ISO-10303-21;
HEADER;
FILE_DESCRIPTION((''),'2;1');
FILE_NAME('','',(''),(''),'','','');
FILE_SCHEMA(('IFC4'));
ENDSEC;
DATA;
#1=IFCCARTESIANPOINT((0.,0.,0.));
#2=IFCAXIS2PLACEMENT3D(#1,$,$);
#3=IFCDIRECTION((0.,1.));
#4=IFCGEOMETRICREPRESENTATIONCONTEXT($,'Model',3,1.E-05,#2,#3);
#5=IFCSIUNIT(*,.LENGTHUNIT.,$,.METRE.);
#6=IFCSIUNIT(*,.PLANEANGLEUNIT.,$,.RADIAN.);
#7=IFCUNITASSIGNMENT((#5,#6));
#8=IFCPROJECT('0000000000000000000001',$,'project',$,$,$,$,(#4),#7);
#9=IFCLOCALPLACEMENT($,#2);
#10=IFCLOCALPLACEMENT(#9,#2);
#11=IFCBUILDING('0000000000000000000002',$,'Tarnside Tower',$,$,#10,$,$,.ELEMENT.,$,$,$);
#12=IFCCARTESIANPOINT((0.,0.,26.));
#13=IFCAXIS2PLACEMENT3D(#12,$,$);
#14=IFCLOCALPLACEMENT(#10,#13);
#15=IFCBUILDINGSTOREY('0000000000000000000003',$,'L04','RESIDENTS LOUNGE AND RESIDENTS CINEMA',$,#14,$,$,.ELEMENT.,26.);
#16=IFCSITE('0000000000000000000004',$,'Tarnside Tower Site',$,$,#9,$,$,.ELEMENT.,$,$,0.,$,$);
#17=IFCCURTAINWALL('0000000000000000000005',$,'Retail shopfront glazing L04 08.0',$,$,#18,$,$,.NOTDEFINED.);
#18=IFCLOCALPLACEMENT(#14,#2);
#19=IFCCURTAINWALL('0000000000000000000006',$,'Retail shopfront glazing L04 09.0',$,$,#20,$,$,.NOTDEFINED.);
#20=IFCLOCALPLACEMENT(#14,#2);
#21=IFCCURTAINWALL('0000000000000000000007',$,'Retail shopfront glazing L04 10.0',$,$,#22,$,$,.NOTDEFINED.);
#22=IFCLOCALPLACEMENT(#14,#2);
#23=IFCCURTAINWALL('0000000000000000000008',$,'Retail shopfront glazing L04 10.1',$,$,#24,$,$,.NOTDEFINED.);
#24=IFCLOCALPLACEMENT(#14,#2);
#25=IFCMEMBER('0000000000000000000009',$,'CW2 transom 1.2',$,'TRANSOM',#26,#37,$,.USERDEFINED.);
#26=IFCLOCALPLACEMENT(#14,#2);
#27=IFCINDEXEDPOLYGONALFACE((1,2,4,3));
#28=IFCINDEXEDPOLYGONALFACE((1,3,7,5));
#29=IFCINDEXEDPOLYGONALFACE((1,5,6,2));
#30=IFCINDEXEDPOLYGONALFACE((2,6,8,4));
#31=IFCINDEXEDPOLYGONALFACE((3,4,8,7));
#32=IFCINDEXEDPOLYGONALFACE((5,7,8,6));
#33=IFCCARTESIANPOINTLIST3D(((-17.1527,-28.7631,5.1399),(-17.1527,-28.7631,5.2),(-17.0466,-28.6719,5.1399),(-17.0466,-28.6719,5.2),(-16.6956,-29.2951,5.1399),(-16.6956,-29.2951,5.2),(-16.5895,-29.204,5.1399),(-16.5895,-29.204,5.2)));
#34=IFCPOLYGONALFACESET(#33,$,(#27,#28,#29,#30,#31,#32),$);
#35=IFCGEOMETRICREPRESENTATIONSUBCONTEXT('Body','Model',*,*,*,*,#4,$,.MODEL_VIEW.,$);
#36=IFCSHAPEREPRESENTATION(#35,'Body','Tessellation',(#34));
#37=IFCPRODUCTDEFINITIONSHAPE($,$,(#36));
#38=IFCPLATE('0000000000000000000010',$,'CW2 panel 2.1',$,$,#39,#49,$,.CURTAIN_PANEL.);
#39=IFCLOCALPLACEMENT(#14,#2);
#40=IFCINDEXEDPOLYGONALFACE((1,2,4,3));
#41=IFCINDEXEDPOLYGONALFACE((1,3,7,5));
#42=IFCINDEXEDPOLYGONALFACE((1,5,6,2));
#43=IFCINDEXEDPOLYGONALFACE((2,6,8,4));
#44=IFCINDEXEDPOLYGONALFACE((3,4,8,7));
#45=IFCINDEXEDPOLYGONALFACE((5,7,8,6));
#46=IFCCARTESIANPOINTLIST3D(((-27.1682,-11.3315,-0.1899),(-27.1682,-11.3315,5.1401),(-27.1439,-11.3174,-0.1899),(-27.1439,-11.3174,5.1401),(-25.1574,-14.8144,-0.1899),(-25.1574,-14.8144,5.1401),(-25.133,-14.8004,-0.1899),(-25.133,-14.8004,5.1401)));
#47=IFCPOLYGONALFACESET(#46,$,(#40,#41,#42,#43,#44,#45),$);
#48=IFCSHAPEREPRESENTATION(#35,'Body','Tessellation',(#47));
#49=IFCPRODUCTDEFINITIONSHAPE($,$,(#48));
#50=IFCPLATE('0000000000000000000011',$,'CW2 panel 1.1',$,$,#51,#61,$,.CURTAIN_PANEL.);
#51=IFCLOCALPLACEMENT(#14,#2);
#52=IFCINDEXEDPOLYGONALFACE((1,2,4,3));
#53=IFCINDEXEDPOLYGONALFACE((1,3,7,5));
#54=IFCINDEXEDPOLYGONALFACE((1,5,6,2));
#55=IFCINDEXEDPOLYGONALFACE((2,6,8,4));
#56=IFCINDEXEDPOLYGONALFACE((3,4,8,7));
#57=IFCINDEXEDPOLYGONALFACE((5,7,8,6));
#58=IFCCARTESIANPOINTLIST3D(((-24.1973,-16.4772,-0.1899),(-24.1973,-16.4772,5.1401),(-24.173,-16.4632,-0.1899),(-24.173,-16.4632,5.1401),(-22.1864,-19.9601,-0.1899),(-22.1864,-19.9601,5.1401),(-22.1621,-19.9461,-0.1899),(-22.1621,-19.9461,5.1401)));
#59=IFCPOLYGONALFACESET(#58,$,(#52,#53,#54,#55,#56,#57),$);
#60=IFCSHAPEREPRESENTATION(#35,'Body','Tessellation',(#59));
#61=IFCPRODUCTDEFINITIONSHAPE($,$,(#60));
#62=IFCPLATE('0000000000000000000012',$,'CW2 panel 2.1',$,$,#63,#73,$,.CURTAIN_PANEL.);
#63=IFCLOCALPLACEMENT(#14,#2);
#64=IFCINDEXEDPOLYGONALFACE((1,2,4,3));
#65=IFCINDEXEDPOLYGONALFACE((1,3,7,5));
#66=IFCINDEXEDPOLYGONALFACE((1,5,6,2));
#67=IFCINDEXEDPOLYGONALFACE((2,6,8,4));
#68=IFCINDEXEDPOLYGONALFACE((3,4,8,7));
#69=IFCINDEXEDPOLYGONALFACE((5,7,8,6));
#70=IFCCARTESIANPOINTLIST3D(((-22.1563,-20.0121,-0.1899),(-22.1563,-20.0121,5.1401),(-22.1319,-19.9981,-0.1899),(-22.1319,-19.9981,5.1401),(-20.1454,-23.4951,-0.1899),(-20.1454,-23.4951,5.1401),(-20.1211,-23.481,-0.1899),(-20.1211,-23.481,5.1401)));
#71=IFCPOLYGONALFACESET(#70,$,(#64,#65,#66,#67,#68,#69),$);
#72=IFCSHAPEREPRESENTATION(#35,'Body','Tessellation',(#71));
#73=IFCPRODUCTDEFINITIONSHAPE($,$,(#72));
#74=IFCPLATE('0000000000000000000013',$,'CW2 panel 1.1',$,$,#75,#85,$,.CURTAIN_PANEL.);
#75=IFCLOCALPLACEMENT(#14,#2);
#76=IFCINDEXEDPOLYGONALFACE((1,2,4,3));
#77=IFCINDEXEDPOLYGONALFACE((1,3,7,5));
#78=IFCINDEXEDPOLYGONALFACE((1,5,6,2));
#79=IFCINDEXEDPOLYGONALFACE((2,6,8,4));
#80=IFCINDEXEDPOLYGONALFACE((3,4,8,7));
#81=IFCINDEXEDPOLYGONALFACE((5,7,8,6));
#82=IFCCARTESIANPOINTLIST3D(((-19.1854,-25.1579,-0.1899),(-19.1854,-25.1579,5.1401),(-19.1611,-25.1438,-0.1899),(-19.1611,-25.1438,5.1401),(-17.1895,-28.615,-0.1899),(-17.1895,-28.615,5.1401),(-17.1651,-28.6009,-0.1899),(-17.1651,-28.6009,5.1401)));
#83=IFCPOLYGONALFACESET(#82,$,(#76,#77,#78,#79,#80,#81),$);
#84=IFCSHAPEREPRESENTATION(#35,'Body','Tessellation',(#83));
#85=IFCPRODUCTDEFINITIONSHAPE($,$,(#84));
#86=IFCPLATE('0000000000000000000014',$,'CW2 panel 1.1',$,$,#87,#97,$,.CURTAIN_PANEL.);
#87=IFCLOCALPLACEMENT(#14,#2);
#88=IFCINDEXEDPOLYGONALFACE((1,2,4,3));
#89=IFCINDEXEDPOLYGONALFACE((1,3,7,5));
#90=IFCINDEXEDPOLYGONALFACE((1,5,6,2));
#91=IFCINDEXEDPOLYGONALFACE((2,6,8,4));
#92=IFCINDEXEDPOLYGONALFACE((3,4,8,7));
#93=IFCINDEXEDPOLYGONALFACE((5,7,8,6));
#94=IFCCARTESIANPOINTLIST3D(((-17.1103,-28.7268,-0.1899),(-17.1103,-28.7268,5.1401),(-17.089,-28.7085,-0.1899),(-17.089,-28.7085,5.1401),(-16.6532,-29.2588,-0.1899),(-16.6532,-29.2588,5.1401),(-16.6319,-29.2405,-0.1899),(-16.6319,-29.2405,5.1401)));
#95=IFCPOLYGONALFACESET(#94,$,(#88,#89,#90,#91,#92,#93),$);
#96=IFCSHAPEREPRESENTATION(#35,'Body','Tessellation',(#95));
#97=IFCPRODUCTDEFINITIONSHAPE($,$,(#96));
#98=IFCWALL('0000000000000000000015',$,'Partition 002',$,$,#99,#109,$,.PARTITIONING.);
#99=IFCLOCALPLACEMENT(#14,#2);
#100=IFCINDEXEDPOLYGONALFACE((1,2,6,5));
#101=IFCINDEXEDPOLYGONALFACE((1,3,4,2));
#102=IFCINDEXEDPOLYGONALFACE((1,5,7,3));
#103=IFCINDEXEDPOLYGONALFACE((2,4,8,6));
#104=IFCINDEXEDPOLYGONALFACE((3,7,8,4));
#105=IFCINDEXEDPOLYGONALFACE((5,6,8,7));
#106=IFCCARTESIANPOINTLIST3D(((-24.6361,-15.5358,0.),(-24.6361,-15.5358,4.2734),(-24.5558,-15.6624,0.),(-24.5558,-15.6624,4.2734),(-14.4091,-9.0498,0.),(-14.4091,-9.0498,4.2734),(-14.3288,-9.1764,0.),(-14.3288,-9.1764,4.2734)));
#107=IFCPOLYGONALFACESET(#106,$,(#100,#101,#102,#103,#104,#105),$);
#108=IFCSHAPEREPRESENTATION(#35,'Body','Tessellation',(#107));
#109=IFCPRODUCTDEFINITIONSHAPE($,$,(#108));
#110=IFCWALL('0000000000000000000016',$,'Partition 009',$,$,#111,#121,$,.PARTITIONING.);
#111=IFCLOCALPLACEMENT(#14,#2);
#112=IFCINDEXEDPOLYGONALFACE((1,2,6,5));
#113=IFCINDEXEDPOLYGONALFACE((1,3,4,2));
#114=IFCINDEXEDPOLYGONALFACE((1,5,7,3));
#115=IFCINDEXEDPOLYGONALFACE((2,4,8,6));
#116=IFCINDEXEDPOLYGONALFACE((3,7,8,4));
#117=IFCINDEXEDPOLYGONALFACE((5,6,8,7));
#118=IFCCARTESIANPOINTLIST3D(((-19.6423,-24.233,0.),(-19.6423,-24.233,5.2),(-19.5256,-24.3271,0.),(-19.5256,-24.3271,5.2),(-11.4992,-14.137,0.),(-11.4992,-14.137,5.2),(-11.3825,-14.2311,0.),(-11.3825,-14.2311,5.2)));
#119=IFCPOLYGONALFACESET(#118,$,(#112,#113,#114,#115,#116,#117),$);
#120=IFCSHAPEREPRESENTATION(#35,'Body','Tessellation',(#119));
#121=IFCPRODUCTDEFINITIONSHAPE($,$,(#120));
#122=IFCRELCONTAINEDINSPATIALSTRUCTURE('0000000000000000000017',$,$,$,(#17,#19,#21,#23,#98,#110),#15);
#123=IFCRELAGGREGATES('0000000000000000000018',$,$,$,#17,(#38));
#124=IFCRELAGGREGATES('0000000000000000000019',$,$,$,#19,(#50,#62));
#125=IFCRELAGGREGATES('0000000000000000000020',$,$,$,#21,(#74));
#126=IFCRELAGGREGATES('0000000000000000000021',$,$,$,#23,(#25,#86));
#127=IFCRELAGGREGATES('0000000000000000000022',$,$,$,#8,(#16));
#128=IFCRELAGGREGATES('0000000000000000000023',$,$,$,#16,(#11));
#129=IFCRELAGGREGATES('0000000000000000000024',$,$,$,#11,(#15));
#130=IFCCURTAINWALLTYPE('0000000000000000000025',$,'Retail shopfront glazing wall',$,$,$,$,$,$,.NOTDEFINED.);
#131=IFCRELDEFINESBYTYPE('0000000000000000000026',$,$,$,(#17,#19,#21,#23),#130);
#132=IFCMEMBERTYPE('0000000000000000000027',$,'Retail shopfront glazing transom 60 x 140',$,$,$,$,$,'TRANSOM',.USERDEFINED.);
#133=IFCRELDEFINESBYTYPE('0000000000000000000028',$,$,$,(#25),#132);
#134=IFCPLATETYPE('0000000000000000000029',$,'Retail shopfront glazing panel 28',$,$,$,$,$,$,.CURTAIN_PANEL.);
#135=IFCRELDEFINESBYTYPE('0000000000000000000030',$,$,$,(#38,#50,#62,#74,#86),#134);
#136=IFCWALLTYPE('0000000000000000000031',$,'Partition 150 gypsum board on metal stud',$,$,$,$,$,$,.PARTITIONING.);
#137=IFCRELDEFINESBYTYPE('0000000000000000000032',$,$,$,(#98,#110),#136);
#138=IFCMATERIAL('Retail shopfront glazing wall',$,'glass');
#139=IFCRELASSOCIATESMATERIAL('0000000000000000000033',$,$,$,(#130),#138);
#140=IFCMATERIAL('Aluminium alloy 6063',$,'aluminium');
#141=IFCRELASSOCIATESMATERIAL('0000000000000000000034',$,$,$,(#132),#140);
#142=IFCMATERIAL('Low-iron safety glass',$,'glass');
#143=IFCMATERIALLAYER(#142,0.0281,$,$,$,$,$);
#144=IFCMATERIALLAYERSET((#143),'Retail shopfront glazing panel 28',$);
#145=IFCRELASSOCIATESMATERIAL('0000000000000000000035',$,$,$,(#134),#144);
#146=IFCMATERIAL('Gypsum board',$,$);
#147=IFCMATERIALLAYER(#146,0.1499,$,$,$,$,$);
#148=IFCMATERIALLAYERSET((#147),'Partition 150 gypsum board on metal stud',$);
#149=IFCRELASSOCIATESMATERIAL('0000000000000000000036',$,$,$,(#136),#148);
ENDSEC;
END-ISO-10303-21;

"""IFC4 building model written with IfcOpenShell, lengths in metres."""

from ifc_helpers import new_model, si_unit, direction, frame, frame_2d, origin, origin_2d, place, context, subcontext, project, spatial, rectangle, extrude, material, layer, layer_set, material_profile, profile_set, type_object, element, aggregate, save


model = new_model("IFC4")

# Units and contexts
model_context = context("Model", 3, precision=1e-05, world=origin(), true_north=direction((0.0, 1.0)))
body_context = subcontext(model_context, "Body", "Model", "MODEL_VIEW")
ifc_project = project(units=[si_unit("LENGTHUNIT", "METRE"), si_unit("PLANEANGLEUNIT", "RADIAN")], contexts=[model_context])

# Site, building, storey
site_placement = place(None, origin())
site = spatial("IfcSite", under=ifc_project, at=site_placement, Name="Tarnside Tower Site", CompositionType="ELEMENT", RefElevation=0.0)
building_placement = place(site_placement, origin())
building = spatial("IfcBuilding", under=site, at=building_placement, Name="Tarnside Tower", CompositionType="ELEMENT")
storey_placement = place(building_placement, frame((0.0, 0.0, 26.0)))
storey = spatial("IfcBuildingStorey", under=building, at=storey_placement, Name="L04", Description="RESIDENTS LOUNGE AND RESIDENTS CINEMA", CompositionType="ELEMENT", Elevation=26.0)

# Curtain wall
ifc_material_1 = material(Name="Retail shopfront glazing wall", Category="glass")
curtain_wall_type = type_object("IfcCurtainWallType", Name="Retail shopfront glazing wall", PredefinedType="NOTDEFINED", material=ifc_material_1)
curtain_wall_1_placement = place(storey_placement, origin())
curtain_wall_1 = element("IfcCurtainWall", 1, at=curtain_wall_1_placement, inside=storey, type_object=curtain_wall_type, Name="Retail shopfront glazing L04 08.0", PredefinedType="NOTDEFINED")
ifc_material_2 = material(Name="Aluminium alloy 6063", Category="aluminium")

# Curtain walls
curtain_wall_2_placement = place(storey_placement, origin())
curtain_wall_2 = element("IfcCurtainWall", 2, at=curtain_wall_2_placement, inside=storey, type_object=curtain_wall_type, Name="Retail shopfront glazing L04 09.0", PredefinedType="NOTDEFINED")
curtain_wall_3_placement = place(storey_placement, origin())
curtain_wall_3 = element("IfcCurtainWall", 3, at=curtain_wall_3_placement, inside=storey, type_object=curtain_wall_type, Name="Retail shopfront glazing L04 10.0", PredefinedType="NOTDEFINED")

# Curtain wall
curtain_wall_4_placement = place(storey_placement, origin())
curtain_wall_4 = element("IfcCurtainWall", 4, at=curtain_wall_4_placement, inside=storey, type_object=curtain_wall_type, Name="Retail shopfront glazing L04 10.1", PredefinedType="NOTDEFINED")

# Member
ifc_material_profile_1 = material_profile(ifc_material_2, rectangle(XDim=0.1399, YDim=0.0601, at=origin_2d()), Name="Retail shopfront glazing transom 60 x 140")
ifc_profile_set_1 = profile_set([ifc_material_profile_1], Name="Aluminium alloy 6063")
member_type_1 = type_object("IfcMemberType", Name="Retail shopfront glazing transom 60 x 140", ElementType="TRANSOM", PredefinedType="USERDEFINED", material=ifc_profile_set_1)
member_1_placement = place(storey_placement, frame((-17.0996, -28.7175, 5.1699), z_axis=(0.651651, -0.758519, 0.0), x_axis=(0.758519, 0.651651, 0.0)))
member_1 = element("IfcMember", 5, at=member_1_placement, type_object=member_type_1, Name="CW2 transom 1.2", ObjectType="TRANSOM", PredefinedType="USERDEFINED", context=body_context, shape_type="SweptSolid", body=[
    extrude(rectangle(XDim=0.1399, YDim=0.0601, at=origin_2d()), origin(), (0.0, 0.0, 1.0), 0.7014),
])

# Plates
ifc_material_3 = material(Name="Low-iron safety glass", Category="glass")
ifc_layer_1 = layer(ifc_material_3, 0.0281)
ifc_layer_set_1 = layer_set([ifc_layer_1], Name="Retail shopfront glazing panel 28")
plate_type = type_object("IfcPlateType", Name="Retail shopfront glazing panel 28", PredefinedType="CURTAIN_PANEL", material=ifc_layer_set_1)
plate_1_placement = place(storey_placement, frame((-26.1506, -13.0659, -0.1899), z_axis=(0.0, 0.0, 1.0), x_axis=(0.5, -0.866025, 0.0)))
plate_1 = element("IfcPlate", 6, at=plate_1_placement, type_object=plate_type, Name="CW2 panel 2.1", PredefinedType="CURTAIN_PANEL", context=body_context, shape_type="SweptSolid", body=[
    extrude(rectangle(XDim=4.0217, YDim=0.0281, at=origin_2d()), origin(), (0.0, 0.0, 1.0), 5.3301),
])
aggregate(curtain_wall_1, [plate_1])
plate_2_placement = place(storey_placement, frame((-23.1797, -18.2117, -0.1899), z_axis=(0.0, 0.0, 1.0), x_axis=(0.5, -0.866025, 0.0)))
plate_2 = element("IfcPlate", 7, at=plate_2_placement, type_object=plate_type, Name="CW2 panel 1.1", PredefinedType="CURTAIN_PANEL", context=body_context, shape_type="SweptSolid", body=[
    extrude(rectangle(XDim=4.0217, YDim=0.0281, at=origin_2d()), origin(), (0.0, 0.0, 1.0), 5.3301),
])
plate_3_placement = place(storey_placement, frame((-21.1387, -21.7466, -0.1899), z_axis=(0.0, 0.0, 1.0), x_axis=(0.5, -0.866025, 0.0)))
plate_3 = element("IfcPlate", 8, at=plate_3_placement, type_object=plate_type, Name="CW2 panel 2.1", PredefinedType="CURTAIN_PANEL", context=body_context, shape_type="SweptSolid", body=[
    extrude(rectangle(XDim=4.0217, YDim=0.0281, at=origin_2d()), origin(), (0.0, 0.0, 1.0), 5.3301),
])
aggregate(curtain_wall_2, [plate_2, plate_3])
plate_4_placement = place(storey_placement, frame((-18.1753, -26.8794, -0.1899), z_axis=(0.0, 0.0, 1.0), x_axis=(0.5, -0.866025, 0.0)))
plate_4 = element("IfcPlate", 9, at=plate_4_placement, type_object=plate_type, Name="CW2 panel 1.1", PredefinedType="CURTAIN_PANEL", context=body_context, shape_type="SweptSolid", body=[
    extrude(rectangle(XDim=3.9919, YDim=0.0281, at=origin_2d()), origin(), (0.0, 0.0, 1.0), 5.3301),
])
aggregate(curtain_wall_3, [plate_4])
plate_5_placement = place(storey_placement, frame((-16.8711, -28.9836, -0.1899), z_axis=(0.0, 0.0, 1.0), x_axis=(0.651657, -0.758514, 0.0)))
plate_5 = element("IfcPlate", 10, at=plate_5_placement, type_object=plate_type, Name="CW2 panel 1.1", PredefinedType="CURTAIN_PANEL", context=body_context, shape_type="SweptSolid", body=[
    extrude(rectangle(XDim=0.7014, YDim=0.0281, at=origin_2d()), origin(), (0.0, 0.0, 1.0), 5.3301),
])
aggregate(curtain_wall_4, [member_1, plate_5])

# Walls
ifc_material_4 = material(Name="Gypsum board")
ifc_layer_2 = layer(ifc_material_4, 0.1499)
ifc_layer_set_2 = layer_set([ifc_layer_2], Name="Partition 150 gypsum board on metal stud")
wall_type = type_object("IfcWallType", Name="Partition 150 gypsum board on metal stud", PredefinedType="PARTITIONING", material=ifc_layer_set_2)
wall_1_placement = place(storey_placement, frame((-24.5959, -15.5991, 0.0), z_axis=(0.0, 0.0, 1.0), x_axis=(0.844485, 0.53558, 0.0)))
element("IfcWall", 11, at=wall_1_placement, inside=storey, type_object=wall_type, Name="Partition 002", PredefinedType="PARTITIONING", context=body_context, shape_type="SweptSolid", body=[
    extrude(rectangle(XDim=12.1104, YDim=0.1499, at=frame_2d((6.0552, 0.0))), origin(), (0.0, 0.0, 1.0), 4.2734),
])
wall_2_placement = place(storey_placement, frame((-19.584, -24.28, 0.0), z_axis=(0.0, 0.0, 1.0), x_axis=(0.627807, 0.778369, 0.0)))
element("IfcWall", 12, at=wall_2_placement, inside=storey, type_object=wall_type, Name="Partition 009", PredefinedType="PARTITIONING", context=body_context, shape_type="SweptSolid", body=[
    extrude(rectangle(XDim=12.9707, YDim=0.1499, at=frame_2d((6.4854, 0.0))), origin(), (0.0, 0.0, 1.0), 5.2),
])

save(model, "model.ifc")
